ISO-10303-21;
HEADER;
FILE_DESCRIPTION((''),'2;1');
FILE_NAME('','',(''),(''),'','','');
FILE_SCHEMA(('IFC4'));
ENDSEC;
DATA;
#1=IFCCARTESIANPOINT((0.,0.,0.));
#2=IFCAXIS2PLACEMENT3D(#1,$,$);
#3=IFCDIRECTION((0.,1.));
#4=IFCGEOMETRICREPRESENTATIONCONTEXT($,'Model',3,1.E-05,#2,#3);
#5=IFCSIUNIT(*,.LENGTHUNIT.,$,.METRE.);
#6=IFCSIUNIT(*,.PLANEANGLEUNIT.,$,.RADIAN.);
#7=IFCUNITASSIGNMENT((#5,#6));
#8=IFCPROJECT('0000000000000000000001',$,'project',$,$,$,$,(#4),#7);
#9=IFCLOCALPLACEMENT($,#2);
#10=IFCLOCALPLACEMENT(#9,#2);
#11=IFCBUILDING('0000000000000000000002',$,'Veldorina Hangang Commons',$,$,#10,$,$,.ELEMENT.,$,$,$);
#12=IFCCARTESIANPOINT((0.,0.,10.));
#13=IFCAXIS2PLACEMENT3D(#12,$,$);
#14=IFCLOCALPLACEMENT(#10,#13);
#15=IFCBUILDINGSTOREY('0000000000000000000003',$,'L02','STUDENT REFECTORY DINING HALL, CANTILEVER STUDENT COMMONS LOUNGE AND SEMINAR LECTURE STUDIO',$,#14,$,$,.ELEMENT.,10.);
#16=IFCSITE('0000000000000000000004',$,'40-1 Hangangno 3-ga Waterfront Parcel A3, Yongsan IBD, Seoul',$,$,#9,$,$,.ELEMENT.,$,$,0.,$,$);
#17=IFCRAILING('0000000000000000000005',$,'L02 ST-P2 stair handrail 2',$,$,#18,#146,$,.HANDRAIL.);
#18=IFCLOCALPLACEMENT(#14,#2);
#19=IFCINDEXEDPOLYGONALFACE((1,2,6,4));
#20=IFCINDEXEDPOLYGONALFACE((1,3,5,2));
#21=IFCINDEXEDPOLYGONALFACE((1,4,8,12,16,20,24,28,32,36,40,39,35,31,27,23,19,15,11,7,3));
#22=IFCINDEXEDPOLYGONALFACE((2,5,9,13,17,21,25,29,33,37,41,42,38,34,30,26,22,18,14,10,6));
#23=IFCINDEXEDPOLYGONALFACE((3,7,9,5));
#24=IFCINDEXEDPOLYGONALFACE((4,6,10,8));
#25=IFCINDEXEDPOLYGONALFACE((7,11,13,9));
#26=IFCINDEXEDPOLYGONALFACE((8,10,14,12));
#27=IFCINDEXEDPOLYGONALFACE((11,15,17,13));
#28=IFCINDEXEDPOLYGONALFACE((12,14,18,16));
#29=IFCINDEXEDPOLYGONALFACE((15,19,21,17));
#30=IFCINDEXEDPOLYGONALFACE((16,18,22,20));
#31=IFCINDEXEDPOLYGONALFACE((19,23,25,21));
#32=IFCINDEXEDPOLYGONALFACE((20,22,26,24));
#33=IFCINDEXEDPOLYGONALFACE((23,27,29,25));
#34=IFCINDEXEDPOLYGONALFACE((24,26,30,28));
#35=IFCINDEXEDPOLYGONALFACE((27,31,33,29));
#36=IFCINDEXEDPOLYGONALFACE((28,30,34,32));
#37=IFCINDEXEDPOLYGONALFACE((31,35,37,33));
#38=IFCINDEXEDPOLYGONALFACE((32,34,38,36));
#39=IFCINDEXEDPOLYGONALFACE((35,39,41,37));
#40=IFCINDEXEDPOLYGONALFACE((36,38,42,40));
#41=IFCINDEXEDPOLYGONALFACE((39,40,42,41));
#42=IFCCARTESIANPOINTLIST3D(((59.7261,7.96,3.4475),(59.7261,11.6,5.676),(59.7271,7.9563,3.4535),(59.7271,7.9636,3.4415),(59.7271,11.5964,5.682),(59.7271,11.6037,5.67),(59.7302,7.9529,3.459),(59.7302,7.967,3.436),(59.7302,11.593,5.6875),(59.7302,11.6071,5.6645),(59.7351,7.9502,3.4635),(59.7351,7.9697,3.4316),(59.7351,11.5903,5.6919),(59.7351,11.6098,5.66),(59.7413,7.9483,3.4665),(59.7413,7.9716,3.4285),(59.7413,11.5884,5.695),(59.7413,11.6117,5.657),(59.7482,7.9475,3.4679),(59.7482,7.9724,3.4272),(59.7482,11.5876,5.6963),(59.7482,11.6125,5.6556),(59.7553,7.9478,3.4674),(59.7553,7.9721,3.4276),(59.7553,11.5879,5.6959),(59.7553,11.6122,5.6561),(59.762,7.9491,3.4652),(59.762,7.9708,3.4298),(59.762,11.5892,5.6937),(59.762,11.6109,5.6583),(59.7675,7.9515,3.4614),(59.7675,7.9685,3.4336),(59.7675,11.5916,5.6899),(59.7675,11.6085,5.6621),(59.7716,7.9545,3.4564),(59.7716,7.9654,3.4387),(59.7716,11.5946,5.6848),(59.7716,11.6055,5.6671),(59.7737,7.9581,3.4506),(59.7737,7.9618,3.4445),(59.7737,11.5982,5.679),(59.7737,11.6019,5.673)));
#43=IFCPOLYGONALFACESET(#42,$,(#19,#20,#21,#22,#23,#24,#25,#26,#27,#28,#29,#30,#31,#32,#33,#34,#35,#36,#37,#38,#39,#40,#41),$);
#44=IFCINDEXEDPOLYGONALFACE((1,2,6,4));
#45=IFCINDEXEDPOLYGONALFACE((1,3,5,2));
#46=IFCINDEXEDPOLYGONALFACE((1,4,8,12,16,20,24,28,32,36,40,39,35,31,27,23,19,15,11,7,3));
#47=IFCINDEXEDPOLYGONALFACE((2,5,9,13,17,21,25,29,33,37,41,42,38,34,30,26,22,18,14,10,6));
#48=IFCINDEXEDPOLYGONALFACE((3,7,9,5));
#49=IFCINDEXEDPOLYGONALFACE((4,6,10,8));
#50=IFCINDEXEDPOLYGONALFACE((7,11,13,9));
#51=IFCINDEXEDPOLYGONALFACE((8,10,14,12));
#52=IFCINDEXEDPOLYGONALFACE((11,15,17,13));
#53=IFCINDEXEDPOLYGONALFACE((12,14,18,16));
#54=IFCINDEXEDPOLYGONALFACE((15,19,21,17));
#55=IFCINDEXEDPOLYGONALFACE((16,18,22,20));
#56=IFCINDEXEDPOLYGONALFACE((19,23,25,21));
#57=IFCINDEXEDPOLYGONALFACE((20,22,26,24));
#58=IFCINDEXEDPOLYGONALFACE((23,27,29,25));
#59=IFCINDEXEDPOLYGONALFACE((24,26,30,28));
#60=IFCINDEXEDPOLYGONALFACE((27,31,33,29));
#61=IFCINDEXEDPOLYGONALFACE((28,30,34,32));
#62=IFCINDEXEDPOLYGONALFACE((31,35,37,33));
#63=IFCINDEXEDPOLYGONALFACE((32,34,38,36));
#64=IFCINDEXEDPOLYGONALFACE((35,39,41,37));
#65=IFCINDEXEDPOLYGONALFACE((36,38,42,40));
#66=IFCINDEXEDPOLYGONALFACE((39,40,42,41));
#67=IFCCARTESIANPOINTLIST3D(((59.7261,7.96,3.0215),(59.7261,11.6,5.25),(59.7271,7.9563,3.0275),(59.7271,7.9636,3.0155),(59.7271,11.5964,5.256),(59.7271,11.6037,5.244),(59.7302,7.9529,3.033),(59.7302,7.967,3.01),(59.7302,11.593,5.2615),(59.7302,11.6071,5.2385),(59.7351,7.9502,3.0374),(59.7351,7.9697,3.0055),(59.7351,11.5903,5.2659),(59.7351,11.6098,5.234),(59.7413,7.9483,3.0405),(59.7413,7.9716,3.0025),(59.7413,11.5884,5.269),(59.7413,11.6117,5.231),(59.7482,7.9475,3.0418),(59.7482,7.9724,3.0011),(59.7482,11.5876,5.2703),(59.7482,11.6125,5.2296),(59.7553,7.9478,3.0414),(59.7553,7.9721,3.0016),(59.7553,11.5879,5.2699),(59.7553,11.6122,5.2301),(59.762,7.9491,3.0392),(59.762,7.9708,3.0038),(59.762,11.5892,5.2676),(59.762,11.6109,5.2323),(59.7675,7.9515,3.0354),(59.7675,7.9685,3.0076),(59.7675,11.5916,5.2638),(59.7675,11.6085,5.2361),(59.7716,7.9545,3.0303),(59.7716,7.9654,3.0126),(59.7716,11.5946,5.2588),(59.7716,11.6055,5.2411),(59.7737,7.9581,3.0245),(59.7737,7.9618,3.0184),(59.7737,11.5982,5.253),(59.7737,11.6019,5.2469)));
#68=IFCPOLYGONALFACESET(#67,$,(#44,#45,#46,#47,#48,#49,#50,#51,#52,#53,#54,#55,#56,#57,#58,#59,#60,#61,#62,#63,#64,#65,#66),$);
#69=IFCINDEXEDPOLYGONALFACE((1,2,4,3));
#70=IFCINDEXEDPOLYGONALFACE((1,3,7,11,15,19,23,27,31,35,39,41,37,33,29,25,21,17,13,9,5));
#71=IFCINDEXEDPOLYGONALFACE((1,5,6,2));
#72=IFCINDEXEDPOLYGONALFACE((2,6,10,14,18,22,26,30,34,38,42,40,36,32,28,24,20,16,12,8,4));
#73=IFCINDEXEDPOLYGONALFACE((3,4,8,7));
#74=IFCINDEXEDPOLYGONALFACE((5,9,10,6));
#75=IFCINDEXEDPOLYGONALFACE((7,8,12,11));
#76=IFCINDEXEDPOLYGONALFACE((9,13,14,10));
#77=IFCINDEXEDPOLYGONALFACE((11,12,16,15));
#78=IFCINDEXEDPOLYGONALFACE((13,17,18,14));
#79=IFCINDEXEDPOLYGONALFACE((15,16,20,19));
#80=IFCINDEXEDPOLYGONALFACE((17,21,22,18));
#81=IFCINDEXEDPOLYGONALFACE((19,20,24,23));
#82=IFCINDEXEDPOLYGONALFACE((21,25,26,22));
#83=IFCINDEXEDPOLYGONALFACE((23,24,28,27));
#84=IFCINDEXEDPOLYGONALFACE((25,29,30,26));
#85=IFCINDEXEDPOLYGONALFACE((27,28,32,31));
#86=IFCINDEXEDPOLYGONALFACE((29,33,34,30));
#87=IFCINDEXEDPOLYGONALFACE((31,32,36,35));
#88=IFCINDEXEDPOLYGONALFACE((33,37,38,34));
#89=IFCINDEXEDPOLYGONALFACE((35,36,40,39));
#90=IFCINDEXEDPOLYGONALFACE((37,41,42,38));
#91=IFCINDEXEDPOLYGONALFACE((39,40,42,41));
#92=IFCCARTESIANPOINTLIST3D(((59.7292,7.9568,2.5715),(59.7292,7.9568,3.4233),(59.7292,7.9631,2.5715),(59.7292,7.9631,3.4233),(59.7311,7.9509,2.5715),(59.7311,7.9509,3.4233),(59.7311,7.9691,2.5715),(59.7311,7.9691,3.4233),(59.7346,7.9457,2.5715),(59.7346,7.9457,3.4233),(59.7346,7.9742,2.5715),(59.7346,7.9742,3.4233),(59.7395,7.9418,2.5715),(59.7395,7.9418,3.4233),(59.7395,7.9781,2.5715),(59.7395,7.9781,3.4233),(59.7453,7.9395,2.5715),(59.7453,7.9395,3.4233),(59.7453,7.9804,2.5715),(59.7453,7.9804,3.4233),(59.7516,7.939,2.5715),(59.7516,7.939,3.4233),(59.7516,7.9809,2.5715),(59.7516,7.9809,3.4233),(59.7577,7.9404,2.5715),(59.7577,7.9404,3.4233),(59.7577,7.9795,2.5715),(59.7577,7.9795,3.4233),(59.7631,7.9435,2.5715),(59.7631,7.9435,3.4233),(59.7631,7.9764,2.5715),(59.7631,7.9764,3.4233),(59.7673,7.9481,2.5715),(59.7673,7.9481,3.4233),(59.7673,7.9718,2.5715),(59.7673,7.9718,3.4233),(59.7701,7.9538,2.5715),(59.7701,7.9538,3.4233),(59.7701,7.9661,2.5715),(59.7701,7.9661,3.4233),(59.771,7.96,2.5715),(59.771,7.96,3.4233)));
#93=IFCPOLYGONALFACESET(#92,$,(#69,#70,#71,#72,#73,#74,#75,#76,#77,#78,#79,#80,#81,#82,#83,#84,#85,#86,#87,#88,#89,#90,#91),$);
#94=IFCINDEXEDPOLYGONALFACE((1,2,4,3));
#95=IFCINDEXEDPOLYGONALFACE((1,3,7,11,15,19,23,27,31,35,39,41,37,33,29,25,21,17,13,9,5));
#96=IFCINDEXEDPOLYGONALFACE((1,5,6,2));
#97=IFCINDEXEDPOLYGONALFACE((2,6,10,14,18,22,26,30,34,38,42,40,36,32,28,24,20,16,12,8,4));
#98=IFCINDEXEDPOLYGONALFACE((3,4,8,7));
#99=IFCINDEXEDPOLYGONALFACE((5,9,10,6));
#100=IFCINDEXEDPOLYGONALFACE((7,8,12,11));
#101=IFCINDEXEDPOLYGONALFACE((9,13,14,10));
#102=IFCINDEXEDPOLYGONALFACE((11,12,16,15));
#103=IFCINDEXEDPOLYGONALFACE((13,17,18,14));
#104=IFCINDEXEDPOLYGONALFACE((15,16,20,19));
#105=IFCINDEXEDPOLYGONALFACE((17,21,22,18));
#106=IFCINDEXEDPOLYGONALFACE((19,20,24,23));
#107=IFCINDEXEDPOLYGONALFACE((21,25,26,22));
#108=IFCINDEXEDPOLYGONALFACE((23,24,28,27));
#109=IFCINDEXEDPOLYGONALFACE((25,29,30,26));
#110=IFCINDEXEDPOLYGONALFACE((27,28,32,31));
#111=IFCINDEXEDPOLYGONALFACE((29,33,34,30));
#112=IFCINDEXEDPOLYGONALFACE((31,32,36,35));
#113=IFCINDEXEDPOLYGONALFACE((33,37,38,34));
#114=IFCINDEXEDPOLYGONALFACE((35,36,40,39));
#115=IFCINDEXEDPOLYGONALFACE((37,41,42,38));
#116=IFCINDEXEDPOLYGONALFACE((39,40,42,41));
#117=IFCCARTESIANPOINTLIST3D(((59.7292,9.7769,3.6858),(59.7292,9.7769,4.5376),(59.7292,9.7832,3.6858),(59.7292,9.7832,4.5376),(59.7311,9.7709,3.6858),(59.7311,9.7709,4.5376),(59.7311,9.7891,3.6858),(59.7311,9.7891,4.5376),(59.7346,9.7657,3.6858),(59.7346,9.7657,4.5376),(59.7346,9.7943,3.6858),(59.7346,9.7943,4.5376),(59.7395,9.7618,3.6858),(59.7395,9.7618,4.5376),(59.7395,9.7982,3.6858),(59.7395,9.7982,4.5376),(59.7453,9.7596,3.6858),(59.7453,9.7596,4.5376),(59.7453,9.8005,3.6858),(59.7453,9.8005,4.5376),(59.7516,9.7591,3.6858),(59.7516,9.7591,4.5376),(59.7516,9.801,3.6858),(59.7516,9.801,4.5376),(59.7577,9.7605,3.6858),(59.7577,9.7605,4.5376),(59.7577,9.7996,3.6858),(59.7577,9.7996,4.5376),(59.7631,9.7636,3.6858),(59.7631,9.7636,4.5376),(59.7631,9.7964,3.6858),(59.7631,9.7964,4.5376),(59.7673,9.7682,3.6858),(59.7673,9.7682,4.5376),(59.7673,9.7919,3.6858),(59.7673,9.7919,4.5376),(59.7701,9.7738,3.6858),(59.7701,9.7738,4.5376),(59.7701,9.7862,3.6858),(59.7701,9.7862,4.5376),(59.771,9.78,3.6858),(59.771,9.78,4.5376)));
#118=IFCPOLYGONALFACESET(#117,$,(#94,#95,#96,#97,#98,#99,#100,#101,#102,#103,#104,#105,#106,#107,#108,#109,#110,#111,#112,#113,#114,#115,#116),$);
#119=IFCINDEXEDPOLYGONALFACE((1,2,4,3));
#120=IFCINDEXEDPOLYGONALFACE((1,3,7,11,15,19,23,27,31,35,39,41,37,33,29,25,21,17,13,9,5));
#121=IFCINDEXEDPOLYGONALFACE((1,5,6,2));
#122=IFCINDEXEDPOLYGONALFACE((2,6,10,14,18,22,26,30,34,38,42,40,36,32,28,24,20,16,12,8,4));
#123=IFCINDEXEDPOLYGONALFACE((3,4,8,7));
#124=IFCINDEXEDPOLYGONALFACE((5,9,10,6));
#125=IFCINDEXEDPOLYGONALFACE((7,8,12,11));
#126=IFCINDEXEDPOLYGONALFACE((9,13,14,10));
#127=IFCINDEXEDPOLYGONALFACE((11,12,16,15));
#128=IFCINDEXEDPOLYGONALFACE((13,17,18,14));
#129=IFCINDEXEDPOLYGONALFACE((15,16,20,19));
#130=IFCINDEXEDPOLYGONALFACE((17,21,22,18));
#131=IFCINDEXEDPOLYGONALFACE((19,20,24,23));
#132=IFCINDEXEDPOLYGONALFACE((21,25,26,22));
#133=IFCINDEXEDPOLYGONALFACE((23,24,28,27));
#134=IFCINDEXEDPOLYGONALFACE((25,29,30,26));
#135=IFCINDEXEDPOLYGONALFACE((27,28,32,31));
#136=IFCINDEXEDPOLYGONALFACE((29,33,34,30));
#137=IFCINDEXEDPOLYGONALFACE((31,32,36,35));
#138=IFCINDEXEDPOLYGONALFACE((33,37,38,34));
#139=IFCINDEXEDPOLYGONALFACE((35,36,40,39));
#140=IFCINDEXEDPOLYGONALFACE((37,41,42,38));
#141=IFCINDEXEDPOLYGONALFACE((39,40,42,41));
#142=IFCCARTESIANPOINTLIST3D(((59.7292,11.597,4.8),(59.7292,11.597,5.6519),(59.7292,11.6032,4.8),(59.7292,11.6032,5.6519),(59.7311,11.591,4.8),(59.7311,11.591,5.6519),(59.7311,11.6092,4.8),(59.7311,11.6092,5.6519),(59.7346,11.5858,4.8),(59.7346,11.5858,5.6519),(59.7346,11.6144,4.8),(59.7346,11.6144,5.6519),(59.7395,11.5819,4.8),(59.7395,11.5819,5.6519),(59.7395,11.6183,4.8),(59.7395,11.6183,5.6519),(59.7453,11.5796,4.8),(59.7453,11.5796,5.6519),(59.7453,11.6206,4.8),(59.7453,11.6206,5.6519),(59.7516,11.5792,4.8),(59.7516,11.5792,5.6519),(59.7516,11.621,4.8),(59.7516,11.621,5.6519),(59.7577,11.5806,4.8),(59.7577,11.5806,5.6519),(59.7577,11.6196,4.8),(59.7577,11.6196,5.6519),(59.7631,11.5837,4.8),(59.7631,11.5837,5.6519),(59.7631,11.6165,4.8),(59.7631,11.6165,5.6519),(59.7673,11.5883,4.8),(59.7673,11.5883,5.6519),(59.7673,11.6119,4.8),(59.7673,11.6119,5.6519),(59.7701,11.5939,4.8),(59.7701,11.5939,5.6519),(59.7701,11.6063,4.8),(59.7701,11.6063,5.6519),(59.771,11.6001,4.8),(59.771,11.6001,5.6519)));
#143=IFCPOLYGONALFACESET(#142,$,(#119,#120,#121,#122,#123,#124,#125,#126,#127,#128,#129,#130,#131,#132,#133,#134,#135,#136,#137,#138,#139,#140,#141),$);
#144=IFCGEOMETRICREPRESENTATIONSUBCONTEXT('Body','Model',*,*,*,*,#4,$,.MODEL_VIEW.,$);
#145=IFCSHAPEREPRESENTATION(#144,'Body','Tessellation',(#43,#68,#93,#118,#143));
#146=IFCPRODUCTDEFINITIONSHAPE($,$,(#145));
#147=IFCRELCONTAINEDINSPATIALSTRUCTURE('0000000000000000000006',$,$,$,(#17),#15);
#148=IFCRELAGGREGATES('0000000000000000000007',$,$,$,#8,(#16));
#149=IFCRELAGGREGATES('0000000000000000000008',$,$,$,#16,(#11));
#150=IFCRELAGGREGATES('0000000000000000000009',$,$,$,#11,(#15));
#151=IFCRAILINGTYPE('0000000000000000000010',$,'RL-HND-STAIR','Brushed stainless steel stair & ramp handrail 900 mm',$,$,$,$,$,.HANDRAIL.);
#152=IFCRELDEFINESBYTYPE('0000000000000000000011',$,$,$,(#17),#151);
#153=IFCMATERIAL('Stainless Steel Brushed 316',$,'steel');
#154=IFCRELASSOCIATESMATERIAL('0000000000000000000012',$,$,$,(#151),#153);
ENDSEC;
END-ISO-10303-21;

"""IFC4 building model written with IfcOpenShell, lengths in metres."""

from ifc_helpers import new_model, si_unit, direction, frame, origin, origin_2d, place, context, subcontext, project, spatial, circle, extrude, material, type_object, element, save


model = new_model("IFC4")

# Units and contexts
model_context = context("Model", 3, precision=1e-05, world=origin(), true_north=direction((0.0, 1.0)))
body_context = subcontext(model_context, "Body", "Model", "MODEL_VIEW")
ifc_project = project(units=[si_unit("LENGTHUNIT", "METRE"), si_unit("PLANEANGLEUNIT", "RADIAN")], contexts=[model_context])

# Site, building, storey
site_placement = place(None, origin())
site = spatial("IfcSite", under=ifc_project, at=site_placement, Name="40-1 Hangangno 3-ga Waterfront Parcel A3, Yongsan IBD, Seoul", CompositionType="ELEMENT", RefElevation=0.0)
building_placement = place(site_placement, origin())
building = spatial("IfcBuilding", under=site, at=building_placement, Name="Veldorina Hangang Commons", CompositionType="ELEMENT")
storey_placement = place(building_placement, frame((0.0, 0.0, 10.0)))
storey = spatial("IfcBuildingStorey", under=building, at=storey_placement, Name="L02", Description="STUDENT REFECTORY DINING HALL, CANTILEVER STUDENT COMMONS LOUNGE AND SEMINAR LECTURE STUDIO", CompositionType="ELEMENT", Elevation=10.0)

# Railing
ifc_material_1 = material(Name="Stainless Steel Brushed 316", Category="steel")
railing_type_1 = type_object("IfcRailingType", Name="RL-HND-STAIR", Description="Brushed stainless steel stair & ramp handrail 900 mm", PredefinedType="HANDRAIL", material=ifc_material_1)
railing_1_placement = place(storey_placement, frame((59.75, 7.96, 2.5715)))
element("IfcRailing", 1, at=railing_1_placement, inside=storey, type_object=railing_type_1, Name="L02 ST-P2 stair handrail 2", PredefinedType="HANDRAIL", context=body_context, shape_type="SweptSolid", body=[
    extrude(circle(Radius=0.0239, at=origin_2d()), frame((0.0, 0.0, 0.876), z_axis=(0.0, 0.852866, 0.52213), x_axis=(-1.0, 0.0, 0.0)), (0.0, 0.0, 1.0), 4.2681),
    extrude(circle(Radius=0.0239, at=origin_2d()), frame((0.0, 0.0, 0.45), z_axis=(0.0, 0.852866, 0.52213), x_axis=(-1.0, 0.0, 0.0)), (0.0, 0.0, 1.0), 4.2681),
    extrude(circle(Radius=0.021, at=origin_2d()), origin(), (0.0, 0.0, 1.0), 0.8518),
    extrude(circle(Radius=0.021, at=origin_2d()), frame((0.0, 1.8201, 1.1143)), (0.0, 0.0, 1.0), 0.8518),
    extrude(circle(Radius=0.021, at=origin_2d()), frame((0.0, 3.6401, 2.2285)), (0.0, 0.0, 1.0), 0.8518),
])

save(model, "model.ifc")
